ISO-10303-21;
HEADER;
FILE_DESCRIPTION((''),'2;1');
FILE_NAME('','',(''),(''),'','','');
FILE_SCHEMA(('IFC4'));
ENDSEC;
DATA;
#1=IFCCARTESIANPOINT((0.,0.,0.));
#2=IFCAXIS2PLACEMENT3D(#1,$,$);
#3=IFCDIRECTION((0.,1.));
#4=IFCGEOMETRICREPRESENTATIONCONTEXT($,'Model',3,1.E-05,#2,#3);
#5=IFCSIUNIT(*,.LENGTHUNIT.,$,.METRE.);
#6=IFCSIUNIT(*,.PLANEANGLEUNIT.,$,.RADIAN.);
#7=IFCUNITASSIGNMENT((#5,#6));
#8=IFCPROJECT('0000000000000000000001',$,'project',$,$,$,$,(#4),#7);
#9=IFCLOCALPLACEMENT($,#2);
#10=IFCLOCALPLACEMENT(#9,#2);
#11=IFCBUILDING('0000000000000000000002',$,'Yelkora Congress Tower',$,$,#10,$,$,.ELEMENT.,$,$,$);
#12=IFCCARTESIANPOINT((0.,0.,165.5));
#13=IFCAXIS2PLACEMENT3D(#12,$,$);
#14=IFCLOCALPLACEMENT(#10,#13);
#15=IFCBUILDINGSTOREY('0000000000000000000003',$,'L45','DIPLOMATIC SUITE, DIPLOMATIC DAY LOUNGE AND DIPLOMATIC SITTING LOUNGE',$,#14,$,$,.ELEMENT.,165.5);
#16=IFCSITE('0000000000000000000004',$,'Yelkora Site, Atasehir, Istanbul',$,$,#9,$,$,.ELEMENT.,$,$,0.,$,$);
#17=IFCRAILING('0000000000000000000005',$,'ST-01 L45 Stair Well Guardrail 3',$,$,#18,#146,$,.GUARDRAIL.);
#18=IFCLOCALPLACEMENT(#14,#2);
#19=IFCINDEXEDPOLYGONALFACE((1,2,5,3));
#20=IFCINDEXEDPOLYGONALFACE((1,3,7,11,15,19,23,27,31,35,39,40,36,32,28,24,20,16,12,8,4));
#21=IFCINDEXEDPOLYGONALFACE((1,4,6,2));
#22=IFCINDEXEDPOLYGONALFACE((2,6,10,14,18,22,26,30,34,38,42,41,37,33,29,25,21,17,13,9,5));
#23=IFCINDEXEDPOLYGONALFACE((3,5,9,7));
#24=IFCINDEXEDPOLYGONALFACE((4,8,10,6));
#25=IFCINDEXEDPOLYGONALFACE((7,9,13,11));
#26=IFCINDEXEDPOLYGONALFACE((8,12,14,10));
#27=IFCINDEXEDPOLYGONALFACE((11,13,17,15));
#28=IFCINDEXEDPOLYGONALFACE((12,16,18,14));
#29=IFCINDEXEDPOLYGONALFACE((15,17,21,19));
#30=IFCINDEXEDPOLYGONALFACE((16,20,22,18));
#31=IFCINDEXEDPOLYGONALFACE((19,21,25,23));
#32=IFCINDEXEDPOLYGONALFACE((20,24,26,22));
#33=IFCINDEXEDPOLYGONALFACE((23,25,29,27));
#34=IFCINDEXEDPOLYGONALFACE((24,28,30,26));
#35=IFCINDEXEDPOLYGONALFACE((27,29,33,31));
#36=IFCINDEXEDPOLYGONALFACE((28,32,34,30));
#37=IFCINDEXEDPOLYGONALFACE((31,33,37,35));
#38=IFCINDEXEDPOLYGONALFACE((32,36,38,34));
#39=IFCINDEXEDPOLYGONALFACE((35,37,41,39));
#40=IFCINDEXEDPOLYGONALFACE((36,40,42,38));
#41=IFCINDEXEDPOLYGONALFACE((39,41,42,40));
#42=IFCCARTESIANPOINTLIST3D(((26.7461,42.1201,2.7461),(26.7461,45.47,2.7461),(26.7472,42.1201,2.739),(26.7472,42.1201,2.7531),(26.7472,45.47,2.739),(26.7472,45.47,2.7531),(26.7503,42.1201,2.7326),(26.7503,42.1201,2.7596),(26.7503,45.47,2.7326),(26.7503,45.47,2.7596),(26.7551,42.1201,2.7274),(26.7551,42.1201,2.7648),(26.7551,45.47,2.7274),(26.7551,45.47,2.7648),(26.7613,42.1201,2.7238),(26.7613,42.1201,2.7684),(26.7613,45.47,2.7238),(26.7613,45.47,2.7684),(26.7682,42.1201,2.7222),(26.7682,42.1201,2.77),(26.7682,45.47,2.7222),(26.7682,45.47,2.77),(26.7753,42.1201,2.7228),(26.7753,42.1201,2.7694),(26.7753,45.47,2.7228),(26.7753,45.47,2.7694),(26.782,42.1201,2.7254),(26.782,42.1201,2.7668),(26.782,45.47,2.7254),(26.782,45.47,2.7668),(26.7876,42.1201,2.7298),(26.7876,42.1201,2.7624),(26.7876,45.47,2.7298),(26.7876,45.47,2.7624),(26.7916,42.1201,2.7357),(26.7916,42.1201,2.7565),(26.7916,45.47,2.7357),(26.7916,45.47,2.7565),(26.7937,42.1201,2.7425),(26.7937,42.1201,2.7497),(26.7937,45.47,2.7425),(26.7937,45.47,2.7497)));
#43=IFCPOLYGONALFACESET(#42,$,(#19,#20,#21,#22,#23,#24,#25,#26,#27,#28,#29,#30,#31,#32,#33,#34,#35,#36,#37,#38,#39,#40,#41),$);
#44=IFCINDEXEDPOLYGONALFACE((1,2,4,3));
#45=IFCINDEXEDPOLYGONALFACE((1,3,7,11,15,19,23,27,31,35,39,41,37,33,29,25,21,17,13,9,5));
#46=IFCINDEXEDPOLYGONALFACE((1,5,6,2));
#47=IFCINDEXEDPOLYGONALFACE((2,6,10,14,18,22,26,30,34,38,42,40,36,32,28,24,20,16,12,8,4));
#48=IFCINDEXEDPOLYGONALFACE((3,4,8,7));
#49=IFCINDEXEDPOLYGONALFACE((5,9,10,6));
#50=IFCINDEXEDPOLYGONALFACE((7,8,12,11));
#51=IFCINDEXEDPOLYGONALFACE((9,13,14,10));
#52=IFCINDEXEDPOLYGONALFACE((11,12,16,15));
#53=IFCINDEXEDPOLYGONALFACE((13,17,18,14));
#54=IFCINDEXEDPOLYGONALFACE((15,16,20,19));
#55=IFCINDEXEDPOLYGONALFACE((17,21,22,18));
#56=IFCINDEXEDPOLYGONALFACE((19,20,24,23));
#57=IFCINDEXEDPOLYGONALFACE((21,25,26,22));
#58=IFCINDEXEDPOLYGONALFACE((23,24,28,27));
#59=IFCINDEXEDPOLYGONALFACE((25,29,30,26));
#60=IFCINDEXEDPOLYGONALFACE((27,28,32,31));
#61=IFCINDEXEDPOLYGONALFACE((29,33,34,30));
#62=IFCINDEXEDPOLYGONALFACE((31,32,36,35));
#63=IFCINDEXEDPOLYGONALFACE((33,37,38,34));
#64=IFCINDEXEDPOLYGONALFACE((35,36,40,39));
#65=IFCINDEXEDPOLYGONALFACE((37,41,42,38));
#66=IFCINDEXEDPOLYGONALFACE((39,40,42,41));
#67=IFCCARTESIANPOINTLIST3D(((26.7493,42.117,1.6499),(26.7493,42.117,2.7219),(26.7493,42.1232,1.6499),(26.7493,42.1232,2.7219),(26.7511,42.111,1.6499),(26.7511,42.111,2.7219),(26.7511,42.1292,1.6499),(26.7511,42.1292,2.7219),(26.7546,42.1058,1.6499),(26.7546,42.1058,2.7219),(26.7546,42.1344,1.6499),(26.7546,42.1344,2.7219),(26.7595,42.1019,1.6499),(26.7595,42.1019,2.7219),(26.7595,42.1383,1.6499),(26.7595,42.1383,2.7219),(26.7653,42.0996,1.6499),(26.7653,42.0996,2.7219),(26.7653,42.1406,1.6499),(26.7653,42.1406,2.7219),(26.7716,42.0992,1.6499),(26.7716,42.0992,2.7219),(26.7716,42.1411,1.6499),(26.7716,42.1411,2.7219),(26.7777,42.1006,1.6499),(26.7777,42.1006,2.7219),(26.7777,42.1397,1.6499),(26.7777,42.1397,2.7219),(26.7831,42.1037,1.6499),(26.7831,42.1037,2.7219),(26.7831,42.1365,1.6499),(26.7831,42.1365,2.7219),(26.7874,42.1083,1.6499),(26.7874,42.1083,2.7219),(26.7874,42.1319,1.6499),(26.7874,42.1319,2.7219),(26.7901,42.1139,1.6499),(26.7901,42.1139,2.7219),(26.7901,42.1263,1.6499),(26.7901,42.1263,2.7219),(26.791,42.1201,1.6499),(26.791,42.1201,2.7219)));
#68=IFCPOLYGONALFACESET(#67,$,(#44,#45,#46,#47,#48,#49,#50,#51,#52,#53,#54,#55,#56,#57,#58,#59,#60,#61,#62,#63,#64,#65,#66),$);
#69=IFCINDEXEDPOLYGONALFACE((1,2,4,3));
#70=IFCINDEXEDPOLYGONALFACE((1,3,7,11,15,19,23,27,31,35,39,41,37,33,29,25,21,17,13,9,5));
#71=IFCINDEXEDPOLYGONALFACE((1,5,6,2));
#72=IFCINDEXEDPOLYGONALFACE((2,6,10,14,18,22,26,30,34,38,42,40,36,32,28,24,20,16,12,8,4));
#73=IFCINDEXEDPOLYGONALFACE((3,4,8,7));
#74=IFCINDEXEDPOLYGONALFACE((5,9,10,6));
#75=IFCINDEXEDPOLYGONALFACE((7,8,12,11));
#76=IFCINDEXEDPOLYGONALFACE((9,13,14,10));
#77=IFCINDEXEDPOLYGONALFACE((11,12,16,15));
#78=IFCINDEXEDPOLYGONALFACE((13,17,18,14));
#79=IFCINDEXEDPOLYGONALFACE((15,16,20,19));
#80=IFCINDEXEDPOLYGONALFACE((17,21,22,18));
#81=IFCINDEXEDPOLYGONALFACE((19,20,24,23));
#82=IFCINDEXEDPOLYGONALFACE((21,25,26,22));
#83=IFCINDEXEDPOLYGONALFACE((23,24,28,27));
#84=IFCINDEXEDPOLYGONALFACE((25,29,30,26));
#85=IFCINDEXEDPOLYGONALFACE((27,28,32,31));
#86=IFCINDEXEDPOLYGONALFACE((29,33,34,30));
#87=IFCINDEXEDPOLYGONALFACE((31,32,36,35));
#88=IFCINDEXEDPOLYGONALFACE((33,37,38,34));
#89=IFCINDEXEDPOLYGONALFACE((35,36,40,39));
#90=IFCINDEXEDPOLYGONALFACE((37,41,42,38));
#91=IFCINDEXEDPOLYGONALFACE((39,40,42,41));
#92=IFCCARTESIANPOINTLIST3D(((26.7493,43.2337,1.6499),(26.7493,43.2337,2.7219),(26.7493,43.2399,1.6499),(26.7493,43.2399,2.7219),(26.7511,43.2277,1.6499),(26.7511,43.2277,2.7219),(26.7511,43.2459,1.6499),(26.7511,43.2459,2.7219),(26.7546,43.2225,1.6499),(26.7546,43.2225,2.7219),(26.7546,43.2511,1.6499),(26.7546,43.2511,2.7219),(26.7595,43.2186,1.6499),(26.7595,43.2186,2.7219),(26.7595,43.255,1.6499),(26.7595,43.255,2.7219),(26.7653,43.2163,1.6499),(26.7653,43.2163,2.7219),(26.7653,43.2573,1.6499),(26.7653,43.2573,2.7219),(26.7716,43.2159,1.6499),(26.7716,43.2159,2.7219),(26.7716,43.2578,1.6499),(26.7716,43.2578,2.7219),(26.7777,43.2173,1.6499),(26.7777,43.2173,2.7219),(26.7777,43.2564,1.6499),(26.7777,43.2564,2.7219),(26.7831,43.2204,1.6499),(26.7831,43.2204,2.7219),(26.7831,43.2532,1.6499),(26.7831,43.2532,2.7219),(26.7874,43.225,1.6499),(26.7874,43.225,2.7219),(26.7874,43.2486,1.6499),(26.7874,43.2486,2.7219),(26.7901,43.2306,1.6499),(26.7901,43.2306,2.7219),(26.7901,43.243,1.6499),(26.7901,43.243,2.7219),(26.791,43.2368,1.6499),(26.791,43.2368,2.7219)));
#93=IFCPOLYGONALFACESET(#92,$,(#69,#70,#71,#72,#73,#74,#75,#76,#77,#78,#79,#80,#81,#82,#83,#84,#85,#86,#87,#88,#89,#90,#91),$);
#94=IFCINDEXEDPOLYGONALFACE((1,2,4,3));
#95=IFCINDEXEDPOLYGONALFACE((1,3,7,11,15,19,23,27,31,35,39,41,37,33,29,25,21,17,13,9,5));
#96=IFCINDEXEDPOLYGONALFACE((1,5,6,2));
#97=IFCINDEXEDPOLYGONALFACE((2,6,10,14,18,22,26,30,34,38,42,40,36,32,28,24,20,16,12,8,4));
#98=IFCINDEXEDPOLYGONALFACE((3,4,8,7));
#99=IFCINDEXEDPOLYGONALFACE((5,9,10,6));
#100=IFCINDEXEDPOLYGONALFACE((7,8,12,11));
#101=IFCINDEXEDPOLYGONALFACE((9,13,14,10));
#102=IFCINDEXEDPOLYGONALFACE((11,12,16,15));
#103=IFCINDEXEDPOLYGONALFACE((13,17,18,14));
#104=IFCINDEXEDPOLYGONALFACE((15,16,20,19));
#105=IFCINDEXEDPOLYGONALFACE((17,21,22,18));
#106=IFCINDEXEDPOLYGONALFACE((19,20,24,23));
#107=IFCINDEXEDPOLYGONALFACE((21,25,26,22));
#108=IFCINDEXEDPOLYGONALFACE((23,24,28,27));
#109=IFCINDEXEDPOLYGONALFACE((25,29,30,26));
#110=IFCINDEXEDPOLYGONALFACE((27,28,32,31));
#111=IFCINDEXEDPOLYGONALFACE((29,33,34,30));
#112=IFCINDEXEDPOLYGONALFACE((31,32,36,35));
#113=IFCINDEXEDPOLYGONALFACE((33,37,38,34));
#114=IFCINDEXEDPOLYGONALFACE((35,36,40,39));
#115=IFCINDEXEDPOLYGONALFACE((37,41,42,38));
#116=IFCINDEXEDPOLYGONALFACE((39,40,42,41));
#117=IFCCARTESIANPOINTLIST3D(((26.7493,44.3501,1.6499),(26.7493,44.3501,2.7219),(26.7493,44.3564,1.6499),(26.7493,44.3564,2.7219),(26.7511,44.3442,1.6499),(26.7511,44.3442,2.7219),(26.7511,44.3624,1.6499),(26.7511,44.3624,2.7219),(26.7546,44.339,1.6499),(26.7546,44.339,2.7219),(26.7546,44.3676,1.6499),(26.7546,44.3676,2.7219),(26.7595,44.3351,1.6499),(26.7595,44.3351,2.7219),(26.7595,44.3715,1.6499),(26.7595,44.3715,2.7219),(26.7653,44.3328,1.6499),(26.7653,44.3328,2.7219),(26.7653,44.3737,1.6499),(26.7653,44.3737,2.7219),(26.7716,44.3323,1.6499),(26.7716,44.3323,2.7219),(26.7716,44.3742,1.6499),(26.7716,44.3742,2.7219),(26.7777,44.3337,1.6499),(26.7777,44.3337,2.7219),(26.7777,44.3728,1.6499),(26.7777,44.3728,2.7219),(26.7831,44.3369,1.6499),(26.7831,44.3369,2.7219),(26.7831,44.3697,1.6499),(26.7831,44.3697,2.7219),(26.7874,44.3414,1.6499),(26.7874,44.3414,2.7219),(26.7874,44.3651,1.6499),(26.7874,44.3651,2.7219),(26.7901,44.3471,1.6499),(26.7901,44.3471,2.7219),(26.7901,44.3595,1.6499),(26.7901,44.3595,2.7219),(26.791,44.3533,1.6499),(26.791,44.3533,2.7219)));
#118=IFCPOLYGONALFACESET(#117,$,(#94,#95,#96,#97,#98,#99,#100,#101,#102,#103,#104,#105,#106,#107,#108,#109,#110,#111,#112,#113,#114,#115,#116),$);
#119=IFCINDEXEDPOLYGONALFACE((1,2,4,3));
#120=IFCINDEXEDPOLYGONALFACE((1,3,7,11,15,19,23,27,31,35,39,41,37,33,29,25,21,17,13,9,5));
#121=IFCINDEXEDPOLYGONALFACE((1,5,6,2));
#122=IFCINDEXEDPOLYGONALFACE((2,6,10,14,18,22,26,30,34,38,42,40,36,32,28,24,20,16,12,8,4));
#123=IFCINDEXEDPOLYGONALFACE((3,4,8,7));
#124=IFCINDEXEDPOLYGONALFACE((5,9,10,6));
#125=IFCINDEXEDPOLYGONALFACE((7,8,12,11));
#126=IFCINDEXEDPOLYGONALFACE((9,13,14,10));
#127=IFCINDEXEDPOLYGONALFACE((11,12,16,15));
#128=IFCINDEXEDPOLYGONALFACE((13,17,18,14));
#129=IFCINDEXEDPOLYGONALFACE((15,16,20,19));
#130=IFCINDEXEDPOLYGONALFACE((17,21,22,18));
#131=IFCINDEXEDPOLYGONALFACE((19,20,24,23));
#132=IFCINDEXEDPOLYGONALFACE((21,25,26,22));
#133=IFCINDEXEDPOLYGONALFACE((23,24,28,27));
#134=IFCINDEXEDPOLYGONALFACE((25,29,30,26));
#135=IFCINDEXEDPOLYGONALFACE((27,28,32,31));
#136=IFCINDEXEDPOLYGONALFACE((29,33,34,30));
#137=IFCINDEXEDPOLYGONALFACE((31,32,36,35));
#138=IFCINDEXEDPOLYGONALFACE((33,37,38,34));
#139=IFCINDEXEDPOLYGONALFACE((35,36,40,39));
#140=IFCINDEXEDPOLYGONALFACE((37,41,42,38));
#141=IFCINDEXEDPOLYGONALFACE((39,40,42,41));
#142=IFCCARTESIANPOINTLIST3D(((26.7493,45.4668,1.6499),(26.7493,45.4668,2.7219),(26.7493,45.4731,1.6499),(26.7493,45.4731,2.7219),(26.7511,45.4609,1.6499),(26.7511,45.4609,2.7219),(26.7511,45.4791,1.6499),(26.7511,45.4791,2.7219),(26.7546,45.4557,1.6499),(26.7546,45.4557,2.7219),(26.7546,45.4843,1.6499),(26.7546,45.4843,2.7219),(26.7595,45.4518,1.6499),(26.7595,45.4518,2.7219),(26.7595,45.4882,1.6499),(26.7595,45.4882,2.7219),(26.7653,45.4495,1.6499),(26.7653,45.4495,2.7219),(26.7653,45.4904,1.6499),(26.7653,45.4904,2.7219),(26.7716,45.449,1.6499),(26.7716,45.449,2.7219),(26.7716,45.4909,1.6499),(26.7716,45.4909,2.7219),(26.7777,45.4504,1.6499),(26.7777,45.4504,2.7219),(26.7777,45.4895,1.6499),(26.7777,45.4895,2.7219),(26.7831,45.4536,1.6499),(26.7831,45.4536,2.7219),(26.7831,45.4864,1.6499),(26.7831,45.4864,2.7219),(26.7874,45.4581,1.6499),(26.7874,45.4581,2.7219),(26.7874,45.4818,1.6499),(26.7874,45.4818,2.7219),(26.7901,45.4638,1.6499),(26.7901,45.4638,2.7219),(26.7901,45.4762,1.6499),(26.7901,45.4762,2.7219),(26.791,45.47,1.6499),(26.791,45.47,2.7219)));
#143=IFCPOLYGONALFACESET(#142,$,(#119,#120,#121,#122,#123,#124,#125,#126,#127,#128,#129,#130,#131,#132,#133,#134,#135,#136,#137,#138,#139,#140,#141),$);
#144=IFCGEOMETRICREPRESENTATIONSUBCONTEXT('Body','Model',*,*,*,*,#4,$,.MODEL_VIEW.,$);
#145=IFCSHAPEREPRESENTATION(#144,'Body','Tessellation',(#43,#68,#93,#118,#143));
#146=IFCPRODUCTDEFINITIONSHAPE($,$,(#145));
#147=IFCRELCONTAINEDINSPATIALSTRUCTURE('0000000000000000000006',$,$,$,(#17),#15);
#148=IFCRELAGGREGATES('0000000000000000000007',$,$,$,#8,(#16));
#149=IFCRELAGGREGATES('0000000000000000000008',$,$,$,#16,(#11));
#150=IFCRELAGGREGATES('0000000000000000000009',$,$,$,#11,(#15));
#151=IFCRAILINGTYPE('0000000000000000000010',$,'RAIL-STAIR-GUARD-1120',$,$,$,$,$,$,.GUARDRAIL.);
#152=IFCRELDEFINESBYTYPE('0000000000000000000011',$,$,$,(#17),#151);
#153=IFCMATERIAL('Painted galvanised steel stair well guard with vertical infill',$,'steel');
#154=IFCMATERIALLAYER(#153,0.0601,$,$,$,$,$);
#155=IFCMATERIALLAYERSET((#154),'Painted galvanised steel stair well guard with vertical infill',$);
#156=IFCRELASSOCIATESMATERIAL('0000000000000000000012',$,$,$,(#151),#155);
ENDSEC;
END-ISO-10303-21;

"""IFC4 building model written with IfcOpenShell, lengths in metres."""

from ifc_helpers import new_model, si_unit, direction, frame, origin, origin_2d, place, context, subcontext, project, spatial, circle, extrude, material, layer, layer_set, type_object, element, save


model = new_model("IFC4")

# Units and contexts
model_context = context("Model", 3, precision=1e-05, world=origin(), true_north=direction((0.0, 1.0)))
body_context = subcontext(model_context, "Body", "Model", "MODEL_VIEW")
ifc_project = project(units=[si_unit("LENGTHUNIT", "METRE"), si_unit("PLANEANGLEUNIT", "RADIAN")], contexts=[model_context])

# Site, building, storey
site_placement = place(None, origin())
site = spatial("IfcSite", under=ifc_project, at=site_placement, Name="Yelkora Site, Atasehir, Istanbul", CompositionType="ELEMENT", RefElevation=0.0)
building_placement = place(site_placement, origin())
building = spatial("IfcBuilding", under=site, at=building_placement, Name="Yelkora Congress Tower", CompositionType="ELEMENT")
storey_placement = place(building_placement, frame((0.0, 0.0, 165.5)))
storey = spatial("IfcBuildingStorey", under=building, at=storey_placement, Name="L45", Description="DIPLOMATIC SUITE, DIPLOMATIC DAY LOUNGE AND DIPLOMATIC SITTING LOUNGE", CompositionType="ELEMENT", Elevation=165.5)

# Railing
ifc_material_1 = material(Name="Painted galvanised steel stair well guard with vertical infill", Category="steel")
ifc_layer_1 = layer(ifc_material_1, 0.0601)
ifc_layer_set_1 = layer_set([ifc_layer_1], Name="Painted galvanised steel stair well guard with vertical infill")
railing_type = type_object("IfcRailingType", Name="RAIL-STAIR-GUARD-1120", PredefinedType="GUARDRAIL", material=ifc_layer_set_1)
for number, where, name in (
    (1, (26.77, 42.1201, 1.6499), "ST-01 L45 Stair Well Guardrail 3"),
):
    element("IfcRailing", number, at=place(storey_placement, frame(where)), inside=storey, type_object=railing_type, Name=name, PredefinedType="GUARDRAIL", context=body_context, shape_type="SweptSolid", body=[
        extrude(circle(Radius=0.0239, at=origin_2d()), frame((0.0, 0.0, 1.0962), z_axis=(0.0, 1.0, 0.0), x_axis=(-1.0, 0.0, 0.0)), (0.0, 0.0, 1.0), 3.3499),
        extrude(circle(Radius=0.021, at=origin_2d()), origin(), (0.0, 0.0, 1.0), 1.072),
        extrude(circle(Radius=0.021, at=origin_2d()), frame((0.0, 1.1167, 0.0)), (0.0, 0.0, 1.0), 1.072),
        extrude(circle(Radius=0.021, at=origin_2d()), frame((0.0, 2.2332, 0.0)), (0.0, 0.0, 1.0), 1.072),
        extrude(circle(Radius=0.021, at=origin_2d()), frame((0.0, 3.3499, 0.0)), (0.0, 0.0, 1.0), 1.072),
    ])

save(model, "model.ifc")
